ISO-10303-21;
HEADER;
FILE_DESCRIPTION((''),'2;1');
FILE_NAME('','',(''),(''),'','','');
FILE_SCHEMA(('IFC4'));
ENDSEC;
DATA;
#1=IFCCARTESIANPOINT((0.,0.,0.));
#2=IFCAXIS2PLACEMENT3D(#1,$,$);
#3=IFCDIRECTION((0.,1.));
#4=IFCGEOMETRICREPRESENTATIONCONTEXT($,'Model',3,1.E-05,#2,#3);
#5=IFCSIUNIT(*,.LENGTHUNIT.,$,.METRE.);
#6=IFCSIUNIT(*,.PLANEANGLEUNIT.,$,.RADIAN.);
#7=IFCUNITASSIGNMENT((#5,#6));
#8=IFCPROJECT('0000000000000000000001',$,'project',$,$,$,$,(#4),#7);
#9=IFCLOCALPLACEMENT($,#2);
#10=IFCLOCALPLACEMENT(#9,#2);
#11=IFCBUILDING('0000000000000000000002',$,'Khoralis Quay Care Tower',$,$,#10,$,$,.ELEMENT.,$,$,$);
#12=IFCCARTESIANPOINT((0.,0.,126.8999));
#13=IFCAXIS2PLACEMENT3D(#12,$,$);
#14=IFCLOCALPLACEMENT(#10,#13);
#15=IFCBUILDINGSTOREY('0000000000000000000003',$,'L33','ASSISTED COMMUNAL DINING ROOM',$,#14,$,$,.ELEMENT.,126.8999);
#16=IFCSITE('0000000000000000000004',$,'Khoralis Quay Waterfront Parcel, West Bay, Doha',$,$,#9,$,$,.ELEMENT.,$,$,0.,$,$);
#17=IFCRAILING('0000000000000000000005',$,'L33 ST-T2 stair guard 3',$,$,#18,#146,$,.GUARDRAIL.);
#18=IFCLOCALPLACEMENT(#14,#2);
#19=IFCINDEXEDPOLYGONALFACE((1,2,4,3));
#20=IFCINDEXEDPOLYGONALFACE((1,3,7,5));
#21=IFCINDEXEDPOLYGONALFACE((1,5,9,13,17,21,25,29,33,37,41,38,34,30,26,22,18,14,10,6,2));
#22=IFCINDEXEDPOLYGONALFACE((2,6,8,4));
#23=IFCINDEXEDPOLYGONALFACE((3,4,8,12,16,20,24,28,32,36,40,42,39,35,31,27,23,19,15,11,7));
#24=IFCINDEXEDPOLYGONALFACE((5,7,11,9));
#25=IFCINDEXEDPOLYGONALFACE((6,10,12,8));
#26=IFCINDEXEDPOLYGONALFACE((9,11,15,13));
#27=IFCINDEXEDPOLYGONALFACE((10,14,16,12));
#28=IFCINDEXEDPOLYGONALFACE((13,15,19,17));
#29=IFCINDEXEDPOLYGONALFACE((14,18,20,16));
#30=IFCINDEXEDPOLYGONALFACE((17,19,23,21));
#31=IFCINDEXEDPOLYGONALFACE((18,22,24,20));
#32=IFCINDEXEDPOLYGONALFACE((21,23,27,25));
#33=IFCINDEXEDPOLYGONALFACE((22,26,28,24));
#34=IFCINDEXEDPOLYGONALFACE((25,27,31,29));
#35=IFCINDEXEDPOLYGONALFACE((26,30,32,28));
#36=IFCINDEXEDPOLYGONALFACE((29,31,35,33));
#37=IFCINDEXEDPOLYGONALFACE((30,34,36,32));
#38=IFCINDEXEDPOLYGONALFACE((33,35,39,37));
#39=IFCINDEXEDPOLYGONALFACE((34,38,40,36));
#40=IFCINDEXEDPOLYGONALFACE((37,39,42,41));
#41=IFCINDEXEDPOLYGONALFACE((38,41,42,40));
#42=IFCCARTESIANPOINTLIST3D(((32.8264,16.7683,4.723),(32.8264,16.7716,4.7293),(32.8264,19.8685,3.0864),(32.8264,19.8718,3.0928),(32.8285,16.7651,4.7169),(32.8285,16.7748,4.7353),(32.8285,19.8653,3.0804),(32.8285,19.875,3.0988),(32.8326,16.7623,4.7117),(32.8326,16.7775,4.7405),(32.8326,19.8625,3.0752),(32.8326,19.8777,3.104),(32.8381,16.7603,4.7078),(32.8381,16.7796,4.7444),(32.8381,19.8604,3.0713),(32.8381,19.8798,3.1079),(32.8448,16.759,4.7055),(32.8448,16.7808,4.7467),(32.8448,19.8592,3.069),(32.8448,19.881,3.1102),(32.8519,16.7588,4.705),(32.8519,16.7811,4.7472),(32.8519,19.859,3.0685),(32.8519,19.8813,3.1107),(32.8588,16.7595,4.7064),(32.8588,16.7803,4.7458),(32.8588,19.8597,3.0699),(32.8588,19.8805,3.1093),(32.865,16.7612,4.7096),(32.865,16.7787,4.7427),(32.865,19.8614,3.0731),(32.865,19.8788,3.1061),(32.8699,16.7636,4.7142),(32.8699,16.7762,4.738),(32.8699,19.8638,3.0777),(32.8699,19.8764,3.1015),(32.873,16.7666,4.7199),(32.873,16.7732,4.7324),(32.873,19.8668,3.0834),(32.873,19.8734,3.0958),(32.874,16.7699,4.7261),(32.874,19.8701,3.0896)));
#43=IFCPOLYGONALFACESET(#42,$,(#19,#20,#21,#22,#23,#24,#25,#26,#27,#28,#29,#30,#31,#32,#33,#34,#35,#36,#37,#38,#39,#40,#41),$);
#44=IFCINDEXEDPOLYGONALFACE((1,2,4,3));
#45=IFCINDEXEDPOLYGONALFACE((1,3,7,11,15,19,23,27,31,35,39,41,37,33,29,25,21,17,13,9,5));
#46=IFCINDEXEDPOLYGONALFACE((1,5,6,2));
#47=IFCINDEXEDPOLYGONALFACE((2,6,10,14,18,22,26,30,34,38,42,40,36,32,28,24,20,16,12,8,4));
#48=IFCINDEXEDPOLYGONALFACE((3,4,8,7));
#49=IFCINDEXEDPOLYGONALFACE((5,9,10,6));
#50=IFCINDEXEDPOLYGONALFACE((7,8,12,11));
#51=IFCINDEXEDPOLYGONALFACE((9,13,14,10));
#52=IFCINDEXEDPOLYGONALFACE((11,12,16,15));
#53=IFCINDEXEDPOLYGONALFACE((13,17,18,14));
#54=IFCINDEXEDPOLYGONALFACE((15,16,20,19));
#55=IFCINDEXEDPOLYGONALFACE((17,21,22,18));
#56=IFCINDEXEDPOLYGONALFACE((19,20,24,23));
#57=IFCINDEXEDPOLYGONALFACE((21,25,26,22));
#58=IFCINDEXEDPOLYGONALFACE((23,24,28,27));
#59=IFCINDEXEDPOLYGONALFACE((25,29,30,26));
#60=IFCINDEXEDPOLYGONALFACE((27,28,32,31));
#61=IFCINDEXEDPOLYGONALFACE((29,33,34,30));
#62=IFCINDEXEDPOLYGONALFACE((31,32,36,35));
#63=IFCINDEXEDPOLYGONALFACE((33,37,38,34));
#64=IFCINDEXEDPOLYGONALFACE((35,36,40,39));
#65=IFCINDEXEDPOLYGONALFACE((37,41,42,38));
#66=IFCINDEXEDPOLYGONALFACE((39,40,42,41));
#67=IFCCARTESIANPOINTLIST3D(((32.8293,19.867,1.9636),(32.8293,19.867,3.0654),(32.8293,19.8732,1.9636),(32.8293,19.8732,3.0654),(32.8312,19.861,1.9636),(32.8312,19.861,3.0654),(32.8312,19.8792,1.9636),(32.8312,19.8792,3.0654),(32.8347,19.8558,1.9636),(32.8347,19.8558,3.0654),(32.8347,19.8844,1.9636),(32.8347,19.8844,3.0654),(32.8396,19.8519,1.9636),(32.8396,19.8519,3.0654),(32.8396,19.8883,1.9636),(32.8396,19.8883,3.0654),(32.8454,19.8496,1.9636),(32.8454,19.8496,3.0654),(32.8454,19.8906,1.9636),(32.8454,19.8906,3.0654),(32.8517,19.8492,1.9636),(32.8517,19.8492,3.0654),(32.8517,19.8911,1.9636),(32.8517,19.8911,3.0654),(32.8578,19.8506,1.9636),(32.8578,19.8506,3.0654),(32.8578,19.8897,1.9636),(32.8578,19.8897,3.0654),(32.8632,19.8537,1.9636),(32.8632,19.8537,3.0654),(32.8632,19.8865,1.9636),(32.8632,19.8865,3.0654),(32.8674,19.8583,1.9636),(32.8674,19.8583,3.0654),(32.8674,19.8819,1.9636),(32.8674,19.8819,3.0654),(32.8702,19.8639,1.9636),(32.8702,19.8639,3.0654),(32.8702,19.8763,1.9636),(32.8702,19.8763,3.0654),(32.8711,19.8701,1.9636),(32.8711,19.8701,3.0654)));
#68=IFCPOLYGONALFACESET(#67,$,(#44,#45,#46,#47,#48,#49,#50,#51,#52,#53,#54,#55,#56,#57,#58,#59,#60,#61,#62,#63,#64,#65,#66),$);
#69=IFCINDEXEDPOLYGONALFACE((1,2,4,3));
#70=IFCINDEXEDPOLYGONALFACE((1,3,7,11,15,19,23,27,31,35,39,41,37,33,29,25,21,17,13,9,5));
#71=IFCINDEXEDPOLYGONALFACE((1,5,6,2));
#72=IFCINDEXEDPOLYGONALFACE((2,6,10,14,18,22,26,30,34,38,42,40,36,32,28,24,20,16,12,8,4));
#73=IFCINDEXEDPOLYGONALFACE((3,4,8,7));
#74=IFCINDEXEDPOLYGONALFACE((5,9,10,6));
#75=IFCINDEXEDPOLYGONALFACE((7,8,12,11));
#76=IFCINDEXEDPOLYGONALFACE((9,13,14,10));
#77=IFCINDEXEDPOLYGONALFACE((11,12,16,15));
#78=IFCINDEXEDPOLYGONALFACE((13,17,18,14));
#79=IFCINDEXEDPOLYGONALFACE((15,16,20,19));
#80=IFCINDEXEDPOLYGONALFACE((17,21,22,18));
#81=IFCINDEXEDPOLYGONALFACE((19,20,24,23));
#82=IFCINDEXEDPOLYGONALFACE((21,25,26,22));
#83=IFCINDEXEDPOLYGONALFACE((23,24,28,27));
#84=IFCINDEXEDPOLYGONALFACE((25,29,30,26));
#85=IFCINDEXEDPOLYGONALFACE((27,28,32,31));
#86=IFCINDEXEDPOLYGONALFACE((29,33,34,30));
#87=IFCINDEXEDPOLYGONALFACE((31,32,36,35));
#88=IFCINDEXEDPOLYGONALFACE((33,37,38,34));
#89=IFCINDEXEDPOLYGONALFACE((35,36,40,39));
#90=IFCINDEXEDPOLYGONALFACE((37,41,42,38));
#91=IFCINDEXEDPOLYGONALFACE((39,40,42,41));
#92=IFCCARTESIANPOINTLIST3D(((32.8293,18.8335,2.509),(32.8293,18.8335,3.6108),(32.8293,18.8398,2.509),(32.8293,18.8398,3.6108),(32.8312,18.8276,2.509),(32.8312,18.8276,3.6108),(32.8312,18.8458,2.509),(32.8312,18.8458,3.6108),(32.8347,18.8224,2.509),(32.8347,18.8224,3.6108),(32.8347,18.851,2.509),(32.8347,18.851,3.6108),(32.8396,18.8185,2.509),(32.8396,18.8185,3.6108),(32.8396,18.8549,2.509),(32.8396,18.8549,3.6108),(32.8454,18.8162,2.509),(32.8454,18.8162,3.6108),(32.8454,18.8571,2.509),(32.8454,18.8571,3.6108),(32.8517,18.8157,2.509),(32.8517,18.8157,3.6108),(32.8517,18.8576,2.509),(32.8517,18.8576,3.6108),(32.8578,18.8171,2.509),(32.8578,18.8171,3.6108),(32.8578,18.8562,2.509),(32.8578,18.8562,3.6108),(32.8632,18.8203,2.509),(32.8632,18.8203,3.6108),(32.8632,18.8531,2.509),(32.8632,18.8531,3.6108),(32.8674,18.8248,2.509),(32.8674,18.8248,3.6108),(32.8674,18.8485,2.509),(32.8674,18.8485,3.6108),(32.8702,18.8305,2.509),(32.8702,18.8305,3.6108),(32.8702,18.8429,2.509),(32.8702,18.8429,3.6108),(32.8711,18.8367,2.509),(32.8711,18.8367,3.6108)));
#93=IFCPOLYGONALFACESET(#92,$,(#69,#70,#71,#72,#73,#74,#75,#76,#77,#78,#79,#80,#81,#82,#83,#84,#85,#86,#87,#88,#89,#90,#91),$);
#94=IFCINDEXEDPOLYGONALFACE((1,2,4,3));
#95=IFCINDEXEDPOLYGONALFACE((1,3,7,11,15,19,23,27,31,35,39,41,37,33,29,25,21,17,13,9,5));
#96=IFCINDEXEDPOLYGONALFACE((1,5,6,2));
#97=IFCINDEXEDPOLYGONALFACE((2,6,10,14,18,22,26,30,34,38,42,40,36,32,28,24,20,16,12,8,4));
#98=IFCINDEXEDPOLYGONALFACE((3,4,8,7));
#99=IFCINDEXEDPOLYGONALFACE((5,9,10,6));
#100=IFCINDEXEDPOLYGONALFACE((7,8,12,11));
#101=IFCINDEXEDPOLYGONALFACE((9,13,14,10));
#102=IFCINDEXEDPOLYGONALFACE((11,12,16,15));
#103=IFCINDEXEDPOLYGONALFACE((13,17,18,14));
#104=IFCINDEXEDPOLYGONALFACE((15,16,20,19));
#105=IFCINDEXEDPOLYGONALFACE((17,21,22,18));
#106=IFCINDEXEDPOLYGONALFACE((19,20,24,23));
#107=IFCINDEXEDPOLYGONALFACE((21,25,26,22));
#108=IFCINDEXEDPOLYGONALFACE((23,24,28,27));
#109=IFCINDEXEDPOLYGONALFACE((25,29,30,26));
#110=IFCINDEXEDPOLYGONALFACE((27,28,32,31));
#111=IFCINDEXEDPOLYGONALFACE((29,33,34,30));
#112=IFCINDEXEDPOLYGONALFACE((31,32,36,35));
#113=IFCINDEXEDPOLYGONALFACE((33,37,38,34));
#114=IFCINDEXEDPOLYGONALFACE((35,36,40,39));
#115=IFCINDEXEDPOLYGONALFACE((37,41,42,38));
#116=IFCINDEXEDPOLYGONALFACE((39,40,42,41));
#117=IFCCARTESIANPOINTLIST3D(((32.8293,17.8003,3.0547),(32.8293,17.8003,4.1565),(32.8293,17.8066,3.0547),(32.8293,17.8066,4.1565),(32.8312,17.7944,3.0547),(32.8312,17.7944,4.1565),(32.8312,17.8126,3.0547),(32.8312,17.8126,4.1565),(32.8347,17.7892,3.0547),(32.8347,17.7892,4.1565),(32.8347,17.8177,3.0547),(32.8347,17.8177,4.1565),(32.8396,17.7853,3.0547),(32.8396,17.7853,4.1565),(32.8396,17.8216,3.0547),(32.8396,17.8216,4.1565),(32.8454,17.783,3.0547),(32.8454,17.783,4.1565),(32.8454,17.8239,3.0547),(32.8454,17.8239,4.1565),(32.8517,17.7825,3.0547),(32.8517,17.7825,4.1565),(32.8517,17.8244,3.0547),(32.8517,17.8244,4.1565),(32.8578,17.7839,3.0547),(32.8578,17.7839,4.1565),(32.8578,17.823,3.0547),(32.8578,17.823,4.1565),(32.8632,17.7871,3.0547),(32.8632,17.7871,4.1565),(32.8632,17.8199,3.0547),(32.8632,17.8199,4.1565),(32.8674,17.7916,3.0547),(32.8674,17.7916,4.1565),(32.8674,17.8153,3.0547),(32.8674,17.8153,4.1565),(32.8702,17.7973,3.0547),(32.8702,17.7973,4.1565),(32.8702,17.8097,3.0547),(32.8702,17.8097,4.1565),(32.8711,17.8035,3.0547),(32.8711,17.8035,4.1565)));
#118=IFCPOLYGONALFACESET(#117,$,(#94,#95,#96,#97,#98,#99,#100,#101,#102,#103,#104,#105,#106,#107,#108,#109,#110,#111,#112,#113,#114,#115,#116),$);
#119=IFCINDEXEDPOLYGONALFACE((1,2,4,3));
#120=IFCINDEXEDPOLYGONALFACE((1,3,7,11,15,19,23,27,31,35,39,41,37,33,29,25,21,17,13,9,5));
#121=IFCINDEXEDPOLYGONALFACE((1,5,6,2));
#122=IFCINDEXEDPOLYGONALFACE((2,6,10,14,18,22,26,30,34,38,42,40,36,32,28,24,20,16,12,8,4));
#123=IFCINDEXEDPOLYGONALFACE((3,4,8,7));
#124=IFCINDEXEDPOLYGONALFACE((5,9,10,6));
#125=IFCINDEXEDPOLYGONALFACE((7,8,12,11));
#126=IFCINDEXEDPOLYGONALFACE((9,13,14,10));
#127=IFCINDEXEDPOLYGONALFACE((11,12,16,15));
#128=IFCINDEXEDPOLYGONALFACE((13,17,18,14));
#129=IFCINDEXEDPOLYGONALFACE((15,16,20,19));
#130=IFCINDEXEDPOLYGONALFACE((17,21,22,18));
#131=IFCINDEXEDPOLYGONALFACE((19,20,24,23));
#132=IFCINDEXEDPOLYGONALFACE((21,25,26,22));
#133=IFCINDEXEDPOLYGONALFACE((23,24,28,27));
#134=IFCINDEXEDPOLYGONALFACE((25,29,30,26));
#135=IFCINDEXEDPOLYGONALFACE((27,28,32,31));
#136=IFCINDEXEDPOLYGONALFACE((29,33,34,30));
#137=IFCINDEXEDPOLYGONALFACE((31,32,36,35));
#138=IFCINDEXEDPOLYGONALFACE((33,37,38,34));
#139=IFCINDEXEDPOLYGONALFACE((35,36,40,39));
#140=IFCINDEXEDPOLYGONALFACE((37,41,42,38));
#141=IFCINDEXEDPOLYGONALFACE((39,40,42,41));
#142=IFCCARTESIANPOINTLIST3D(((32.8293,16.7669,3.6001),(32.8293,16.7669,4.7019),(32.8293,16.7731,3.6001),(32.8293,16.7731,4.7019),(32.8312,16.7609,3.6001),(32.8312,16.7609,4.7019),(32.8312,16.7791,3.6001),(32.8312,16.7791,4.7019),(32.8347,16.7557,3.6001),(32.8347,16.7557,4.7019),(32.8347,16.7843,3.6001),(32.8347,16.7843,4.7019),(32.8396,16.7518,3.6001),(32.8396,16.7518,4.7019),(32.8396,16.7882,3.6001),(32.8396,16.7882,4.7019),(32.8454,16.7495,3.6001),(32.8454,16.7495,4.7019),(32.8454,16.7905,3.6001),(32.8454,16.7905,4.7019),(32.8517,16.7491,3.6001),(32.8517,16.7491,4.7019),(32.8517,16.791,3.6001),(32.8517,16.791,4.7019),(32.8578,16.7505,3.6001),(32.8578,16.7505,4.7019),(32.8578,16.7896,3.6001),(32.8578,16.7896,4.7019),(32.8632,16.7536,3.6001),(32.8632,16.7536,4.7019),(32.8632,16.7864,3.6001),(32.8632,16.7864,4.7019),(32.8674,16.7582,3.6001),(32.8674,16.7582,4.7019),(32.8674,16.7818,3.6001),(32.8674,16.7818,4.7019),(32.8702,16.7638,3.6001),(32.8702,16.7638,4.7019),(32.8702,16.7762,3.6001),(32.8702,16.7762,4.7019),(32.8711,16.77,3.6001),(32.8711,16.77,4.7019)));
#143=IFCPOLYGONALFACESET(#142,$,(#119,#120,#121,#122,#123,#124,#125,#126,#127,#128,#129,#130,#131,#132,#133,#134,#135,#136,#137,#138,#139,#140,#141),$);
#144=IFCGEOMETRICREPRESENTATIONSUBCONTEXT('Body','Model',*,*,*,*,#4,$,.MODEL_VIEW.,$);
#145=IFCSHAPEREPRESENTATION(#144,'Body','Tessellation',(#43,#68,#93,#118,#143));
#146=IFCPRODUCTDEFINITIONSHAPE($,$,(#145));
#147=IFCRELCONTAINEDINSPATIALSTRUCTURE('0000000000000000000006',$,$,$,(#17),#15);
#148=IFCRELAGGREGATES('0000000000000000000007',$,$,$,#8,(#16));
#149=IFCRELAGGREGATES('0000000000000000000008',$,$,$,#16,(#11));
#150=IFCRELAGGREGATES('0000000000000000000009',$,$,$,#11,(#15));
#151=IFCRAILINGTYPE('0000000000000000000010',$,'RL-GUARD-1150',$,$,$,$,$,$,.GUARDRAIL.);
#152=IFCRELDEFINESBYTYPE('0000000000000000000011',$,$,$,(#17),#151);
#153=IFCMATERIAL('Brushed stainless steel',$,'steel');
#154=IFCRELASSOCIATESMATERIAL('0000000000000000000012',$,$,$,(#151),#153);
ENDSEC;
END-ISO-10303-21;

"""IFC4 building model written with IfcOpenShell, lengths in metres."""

from ifc_helpers import new_model, si_unit, direction, frame, origin, origin_2d, place, context, subcontext, project, spatial, circle, extrude, material, type_object, element, save


model = new_model("IFC4")

# Units and contexts
model_context = context("Model", 3, precision=1e-05, world=origin(), true_north=direction((0.0, 1.0)))
body_context = subcontext(model_context, "Body", "Model", "MODEL_VIEW")
ifc_project = project(units=[si_unit("LENGTHUNIT", "METRE"), si_unit("PLANEANGLEUNIT", "RADIAN")], contexts=[model_context])

# Site, building, storey
site_placement = place(None, origin())
site = spatial("IfcSite", under=ifc_project, at=site_placement, Name="Khoralis Quay Waterfront Parcel, West Bay, Doha", CompositionType="ELEMENT", RefElevation=0.0)
building_placement = place(site_placement, origin())
building = spatial("IfcBuilding", under=site, at=building_placement, Name="Khoralis Quay Care Tower", CompositionType="ELEMENT")
storey_placement = place(building_placement, frame((0.0, 0.0, 126.8999)))
storey = spatial("IfcBuildingStorey", under=building, at=storey_placement, Name="L33", Description="ASSISTED COMMUNAL DINING ROOM", CompositionType="ELEMENT", Elevation=126.8999)

# Railing
ifc_material_1 = material(Name="Brushed stainless steel", Category="steel")
railing_type_1 = type_object("IfcRailingType", Name="RL-GUARD-1150", PredefinedType="GUARDRAIL", material=ifc_material_1)
railing_1_placement = place(storey_placement, frame((32.8501, 19.8701, 1.9636)))
element("IfcRailing", 1, at=railing_1_placement, inside=storey, type_object=railing_type_1, Name="L33 ST-T2 stair guard 3", PredefinedType="GUARDRAIL", context=body_context, shape_type="SweptSolid", body=[
    extrude(circle(Radius=0.0239, at=origin_2d()), frame((0.0, 0.0, 1.126), z_axis=(0.0, -0.884348, 0.466828), x_axis=(1.0, 0.0, 0.0)), (0.0, 0.0, 1.0), 3.5056),
    extrude(circle(Radius=0.021, at=origin_2d()), origin(), (0.0, 0.0, 1.0), 1.1018),
    extrude(circle(Radius=0.021, at=origin_2d()), frame((0.0, -1.0334, 0.5454)), (0.0, 0.0, 1.0), 1.1018),
    extrude(circle(Radius=0.021, at=origin_2d()), frame((0.0, -2.0667, 1.0911)), (0.0, 0.0, 1.0), 1.1018),
    extrude(circle(Radius=0.021, at=origin_2d()), frame((0.0, -3.1001, 1.6365)), (0.0, 0.0, 1.0), 1.1018),
])

save(model, "model.ifc")
